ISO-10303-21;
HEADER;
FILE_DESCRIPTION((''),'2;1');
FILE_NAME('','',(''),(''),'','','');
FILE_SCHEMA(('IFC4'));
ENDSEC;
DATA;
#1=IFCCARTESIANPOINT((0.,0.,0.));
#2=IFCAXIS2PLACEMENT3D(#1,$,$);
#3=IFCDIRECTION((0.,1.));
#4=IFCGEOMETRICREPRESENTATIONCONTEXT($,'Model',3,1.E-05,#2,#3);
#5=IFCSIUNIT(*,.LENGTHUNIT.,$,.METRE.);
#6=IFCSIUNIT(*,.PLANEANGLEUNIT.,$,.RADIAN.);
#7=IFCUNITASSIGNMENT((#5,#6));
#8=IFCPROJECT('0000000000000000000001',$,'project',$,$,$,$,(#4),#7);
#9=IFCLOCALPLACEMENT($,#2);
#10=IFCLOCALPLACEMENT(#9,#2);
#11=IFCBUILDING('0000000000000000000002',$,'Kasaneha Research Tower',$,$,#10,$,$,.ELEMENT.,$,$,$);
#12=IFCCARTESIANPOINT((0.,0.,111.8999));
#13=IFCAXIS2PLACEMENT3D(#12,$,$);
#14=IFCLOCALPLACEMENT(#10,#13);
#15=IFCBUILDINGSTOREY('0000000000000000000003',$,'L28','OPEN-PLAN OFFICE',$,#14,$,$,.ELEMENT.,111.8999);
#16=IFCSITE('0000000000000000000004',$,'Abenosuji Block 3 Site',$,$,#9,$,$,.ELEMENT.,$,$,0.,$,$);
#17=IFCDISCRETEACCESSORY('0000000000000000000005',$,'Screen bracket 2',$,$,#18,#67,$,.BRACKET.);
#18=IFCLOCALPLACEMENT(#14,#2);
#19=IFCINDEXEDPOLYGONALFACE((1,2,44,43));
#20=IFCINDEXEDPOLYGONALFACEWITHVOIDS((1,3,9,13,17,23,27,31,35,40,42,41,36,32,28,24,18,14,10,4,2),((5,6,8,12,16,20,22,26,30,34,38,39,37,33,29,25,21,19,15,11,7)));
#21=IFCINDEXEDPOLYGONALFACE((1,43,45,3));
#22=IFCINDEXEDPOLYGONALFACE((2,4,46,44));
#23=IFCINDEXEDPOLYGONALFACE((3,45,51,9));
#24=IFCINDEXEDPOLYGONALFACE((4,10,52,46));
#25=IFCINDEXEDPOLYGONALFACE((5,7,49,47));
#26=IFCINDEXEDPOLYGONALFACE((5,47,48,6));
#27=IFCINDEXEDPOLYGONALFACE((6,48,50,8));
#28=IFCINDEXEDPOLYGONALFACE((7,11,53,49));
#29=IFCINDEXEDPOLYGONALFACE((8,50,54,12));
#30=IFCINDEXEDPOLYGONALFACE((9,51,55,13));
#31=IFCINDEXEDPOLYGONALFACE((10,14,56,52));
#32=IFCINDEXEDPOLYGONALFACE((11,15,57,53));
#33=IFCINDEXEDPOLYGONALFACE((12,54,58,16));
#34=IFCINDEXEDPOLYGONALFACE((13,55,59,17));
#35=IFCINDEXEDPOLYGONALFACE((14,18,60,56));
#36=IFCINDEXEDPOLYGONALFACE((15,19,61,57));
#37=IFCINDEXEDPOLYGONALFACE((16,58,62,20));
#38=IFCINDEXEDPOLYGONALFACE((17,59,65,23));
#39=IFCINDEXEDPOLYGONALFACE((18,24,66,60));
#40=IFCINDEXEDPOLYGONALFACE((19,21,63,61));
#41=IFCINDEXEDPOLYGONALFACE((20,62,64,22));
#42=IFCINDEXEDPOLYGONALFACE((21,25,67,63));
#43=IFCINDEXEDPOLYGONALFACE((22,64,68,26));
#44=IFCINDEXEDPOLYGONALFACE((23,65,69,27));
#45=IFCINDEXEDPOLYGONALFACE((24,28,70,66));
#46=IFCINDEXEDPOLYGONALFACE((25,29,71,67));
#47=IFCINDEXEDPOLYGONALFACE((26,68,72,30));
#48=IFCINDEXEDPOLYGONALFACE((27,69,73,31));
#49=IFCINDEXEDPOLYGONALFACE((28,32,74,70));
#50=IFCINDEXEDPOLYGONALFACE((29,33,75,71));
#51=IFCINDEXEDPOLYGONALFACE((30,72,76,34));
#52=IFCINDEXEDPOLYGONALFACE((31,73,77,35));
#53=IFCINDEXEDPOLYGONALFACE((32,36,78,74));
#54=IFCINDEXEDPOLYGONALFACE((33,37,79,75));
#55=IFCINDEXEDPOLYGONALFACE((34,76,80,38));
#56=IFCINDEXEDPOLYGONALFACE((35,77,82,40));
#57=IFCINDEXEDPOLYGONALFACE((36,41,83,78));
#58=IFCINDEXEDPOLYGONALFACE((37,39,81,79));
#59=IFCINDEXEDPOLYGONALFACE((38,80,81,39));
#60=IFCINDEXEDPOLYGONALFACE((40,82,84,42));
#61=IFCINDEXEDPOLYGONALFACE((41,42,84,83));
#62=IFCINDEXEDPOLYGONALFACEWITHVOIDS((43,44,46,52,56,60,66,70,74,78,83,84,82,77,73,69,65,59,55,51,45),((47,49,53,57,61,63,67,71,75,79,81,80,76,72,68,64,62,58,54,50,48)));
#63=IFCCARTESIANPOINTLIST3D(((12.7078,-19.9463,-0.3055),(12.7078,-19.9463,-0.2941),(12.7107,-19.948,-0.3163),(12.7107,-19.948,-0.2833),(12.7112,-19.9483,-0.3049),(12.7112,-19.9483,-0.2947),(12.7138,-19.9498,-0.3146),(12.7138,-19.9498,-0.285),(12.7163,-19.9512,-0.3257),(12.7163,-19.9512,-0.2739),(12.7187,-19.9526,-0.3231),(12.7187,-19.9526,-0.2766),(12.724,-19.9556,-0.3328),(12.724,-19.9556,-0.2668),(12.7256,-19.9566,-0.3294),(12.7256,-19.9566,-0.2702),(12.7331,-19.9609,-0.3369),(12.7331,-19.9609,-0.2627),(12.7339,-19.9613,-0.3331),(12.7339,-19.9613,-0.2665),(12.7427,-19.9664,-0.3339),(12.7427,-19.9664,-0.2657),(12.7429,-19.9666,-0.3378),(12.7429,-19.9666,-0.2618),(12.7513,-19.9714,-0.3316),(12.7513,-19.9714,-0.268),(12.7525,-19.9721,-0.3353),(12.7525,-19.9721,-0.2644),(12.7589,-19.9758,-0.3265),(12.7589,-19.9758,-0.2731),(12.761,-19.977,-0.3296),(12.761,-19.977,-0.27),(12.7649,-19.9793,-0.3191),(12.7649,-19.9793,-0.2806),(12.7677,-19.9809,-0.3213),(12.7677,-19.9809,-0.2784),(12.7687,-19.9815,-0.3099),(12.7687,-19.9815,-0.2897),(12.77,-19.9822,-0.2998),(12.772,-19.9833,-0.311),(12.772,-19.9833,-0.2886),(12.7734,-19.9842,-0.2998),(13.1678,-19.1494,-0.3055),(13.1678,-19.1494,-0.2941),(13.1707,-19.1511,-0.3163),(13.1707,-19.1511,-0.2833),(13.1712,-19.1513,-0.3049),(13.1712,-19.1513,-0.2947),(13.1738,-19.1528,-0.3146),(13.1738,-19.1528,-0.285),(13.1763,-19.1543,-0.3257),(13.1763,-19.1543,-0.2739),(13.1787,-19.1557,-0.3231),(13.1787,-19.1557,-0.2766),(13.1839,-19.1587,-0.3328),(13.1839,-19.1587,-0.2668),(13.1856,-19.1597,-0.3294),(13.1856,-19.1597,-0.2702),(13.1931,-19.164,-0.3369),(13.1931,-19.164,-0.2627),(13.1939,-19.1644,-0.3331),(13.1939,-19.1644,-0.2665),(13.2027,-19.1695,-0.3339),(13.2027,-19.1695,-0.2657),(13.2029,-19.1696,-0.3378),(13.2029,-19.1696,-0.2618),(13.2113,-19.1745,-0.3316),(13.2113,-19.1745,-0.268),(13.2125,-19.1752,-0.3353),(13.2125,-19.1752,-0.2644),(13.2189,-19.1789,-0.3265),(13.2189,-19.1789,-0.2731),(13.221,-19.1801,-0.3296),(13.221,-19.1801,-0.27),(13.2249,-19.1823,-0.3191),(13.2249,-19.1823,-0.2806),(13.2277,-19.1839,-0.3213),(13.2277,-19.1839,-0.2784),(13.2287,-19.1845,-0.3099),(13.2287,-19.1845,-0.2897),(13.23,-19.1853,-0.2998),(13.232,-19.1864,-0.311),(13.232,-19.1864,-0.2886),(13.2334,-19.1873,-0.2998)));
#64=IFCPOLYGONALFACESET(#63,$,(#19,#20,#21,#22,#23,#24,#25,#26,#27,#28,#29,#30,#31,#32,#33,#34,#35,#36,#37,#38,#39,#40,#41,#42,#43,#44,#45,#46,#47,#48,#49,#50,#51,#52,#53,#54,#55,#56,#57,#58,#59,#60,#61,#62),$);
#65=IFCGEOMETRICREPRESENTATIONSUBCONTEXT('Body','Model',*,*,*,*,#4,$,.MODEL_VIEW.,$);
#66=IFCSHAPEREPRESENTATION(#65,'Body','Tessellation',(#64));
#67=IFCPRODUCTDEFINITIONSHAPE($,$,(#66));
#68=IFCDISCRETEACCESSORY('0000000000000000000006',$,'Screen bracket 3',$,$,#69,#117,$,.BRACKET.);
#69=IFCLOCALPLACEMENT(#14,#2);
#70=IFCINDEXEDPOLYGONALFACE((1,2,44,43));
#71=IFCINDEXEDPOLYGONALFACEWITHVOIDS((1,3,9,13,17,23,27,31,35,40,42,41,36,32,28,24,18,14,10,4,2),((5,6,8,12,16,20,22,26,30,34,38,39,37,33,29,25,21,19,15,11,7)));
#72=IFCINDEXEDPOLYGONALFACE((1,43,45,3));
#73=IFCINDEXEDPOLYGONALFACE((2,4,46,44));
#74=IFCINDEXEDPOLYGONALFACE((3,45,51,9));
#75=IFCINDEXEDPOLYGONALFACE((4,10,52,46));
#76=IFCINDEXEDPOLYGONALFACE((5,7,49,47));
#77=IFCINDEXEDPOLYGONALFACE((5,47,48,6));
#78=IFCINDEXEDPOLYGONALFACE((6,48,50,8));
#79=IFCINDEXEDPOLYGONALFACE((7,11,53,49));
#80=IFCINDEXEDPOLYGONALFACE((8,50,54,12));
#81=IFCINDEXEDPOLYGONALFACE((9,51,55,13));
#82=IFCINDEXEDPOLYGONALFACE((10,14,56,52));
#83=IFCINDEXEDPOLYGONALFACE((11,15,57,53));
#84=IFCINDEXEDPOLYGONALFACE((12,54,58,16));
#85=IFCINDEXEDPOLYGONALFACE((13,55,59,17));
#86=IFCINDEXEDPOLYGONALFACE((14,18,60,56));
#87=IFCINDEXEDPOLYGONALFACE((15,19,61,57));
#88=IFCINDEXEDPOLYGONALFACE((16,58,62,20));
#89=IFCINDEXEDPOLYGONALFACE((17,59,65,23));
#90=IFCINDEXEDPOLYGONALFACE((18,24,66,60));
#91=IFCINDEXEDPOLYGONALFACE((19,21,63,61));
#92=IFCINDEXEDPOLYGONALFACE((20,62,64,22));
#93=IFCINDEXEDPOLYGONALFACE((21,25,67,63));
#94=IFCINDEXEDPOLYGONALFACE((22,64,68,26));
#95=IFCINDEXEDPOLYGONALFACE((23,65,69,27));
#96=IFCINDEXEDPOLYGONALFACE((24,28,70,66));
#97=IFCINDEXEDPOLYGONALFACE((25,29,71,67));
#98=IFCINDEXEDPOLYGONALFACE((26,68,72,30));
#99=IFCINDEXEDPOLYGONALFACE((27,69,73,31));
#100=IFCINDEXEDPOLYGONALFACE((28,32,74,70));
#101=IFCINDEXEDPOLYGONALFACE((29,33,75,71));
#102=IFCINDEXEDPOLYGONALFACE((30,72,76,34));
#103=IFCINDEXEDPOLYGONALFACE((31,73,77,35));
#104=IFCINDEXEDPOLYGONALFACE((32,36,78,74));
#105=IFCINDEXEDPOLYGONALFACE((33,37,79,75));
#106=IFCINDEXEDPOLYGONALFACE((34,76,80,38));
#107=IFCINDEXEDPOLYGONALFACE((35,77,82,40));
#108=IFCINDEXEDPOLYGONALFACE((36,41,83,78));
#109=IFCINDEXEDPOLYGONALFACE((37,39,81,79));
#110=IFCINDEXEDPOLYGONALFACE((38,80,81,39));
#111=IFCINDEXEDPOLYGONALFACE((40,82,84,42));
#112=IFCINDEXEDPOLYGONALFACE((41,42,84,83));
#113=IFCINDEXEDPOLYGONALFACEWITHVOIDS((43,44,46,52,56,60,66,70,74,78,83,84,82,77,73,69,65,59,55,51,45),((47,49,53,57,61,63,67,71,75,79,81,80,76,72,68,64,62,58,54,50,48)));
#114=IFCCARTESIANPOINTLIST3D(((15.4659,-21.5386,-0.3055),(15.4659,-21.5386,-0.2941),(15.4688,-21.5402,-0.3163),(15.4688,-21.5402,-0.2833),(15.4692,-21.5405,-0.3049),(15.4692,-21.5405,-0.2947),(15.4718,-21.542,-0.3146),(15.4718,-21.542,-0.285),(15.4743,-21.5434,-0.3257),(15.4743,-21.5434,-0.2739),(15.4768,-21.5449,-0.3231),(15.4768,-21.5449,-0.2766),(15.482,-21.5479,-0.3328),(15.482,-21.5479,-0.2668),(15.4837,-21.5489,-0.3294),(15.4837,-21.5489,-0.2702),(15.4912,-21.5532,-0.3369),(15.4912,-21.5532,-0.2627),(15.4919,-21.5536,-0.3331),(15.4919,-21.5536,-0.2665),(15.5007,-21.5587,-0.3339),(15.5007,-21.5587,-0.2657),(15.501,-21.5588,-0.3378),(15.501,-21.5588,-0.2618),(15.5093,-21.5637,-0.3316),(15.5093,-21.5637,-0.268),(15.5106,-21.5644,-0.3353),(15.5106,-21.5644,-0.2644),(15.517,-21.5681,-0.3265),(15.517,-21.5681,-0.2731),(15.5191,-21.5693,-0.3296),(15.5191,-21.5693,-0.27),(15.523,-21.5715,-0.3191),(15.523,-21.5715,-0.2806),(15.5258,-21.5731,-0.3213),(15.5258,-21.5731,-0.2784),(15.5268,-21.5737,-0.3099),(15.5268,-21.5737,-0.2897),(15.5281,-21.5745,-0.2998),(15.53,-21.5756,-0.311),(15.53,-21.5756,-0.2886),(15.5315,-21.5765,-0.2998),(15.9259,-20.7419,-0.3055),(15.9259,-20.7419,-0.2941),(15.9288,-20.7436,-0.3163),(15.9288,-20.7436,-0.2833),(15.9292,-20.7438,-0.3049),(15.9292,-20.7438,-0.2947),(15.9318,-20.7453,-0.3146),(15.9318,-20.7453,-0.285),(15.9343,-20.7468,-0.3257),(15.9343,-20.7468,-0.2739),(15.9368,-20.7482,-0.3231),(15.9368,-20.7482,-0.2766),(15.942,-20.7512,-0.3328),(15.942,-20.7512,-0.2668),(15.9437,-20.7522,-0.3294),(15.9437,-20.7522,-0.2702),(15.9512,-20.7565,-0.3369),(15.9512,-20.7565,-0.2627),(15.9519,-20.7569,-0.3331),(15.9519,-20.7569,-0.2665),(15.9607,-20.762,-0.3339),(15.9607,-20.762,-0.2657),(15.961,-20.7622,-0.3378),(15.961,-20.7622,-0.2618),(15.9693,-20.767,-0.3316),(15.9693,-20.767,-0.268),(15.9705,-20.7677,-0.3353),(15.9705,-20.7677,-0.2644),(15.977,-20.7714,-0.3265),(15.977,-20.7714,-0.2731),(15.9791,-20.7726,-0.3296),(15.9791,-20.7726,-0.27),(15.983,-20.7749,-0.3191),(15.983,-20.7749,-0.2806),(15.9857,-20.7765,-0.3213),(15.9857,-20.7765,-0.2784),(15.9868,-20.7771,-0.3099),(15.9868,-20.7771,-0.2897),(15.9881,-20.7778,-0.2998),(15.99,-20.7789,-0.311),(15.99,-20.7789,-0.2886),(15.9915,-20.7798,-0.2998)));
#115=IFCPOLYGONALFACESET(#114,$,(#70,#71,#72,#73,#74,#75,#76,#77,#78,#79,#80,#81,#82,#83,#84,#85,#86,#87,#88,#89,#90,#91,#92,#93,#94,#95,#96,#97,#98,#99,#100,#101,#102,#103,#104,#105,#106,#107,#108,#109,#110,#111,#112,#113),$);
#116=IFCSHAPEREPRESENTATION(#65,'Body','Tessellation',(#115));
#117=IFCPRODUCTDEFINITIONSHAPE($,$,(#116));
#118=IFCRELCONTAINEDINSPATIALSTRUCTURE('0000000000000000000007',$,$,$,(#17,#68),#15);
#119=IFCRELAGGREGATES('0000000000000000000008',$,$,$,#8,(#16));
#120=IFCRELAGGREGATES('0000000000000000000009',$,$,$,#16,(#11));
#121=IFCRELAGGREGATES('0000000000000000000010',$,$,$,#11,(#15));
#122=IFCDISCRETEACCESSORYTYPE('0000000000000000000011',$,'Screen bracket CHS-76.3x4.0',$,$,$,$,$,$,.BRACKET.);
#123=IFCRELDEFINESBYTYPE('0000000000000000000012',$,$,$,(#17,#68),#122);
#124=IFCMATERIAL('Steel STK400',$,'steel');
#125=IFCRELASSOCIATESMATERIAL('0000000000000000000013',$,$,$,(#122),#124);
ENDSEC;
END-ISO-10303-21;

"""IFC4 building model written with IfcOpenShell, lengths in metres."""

from ifc_helpers import new_model, si_unit, direction, frame, origin, origin_2d, place, context, subcontext, project, spatial, hollow_circle, extrude, material, material_profile, profile_set, type_object, element, save


model = new_model("IFC4")

# Units and contexts
model_context = context("Model", 3, precision=1e-05, world=origin(), true_north=direction((0.0, 1.0)))
body_context = subcontext(model_context, "Body", "Model", "MODEL_VIEW")
ifc_project = project(units=[si_unit("LENGTHUNIT", "METRE"), si_unit("PLANEANGLEUNIT", "RADIAN")], contexts=[model_context])

# Site, building, storey
site_placement = place(None, origin())
site = spatial("IfcSite", under=ifc_project, at=site_placement, Name="Abenosuji Block 3 Site", CompositionType="ELEMENT", RefElevation=0.0)
building_placement = place(site_placement, origin())
building = spatial("IfcBuilding", under=site, at=building_placement, Name="Kasaneha Research Tower", CompositionType="ELEMENT")
storey_placement = place(building_placement, frame((0.0, 0.0, 111.8999)))
storey = spatial("IfcBuildingStorey", under=building, at=storey_placement, Name="L28", Description="OPEN-PLAN OFFICE", CompositionType="ELEMENT", Elevation=111.8999)

# Discrete accessories
ifc_material_1 = material(Name="Steel STK400", Category="steel")
ifc_material_profile_1 = material_profile(ifc_material_1, hollow_circle(Radius=0.0381, WallThickness=0.0039, at=origin_2d()), Name="CHS-76.3x4.0")
ifc_profile_set_1 = profile_set([ifc_material_profile_1], Name="Steel STK400")
discrete_accessory_type = type_object("IfcDiscreteAccessoryType", Name="Screen bracket CHS-76.3x4.0", PredefinedType="BRACKET", material=ifc_profile_set_1)
discrete_accessory_1_placement = place(storey_placement, frame((13.2004, -19.1682, -0.2998), z_axis=(-0.499906, -0.86608, 0.0), x_axis=(0.86608, -0.499906, 0.0)))
element("IfcDiscreteAccessory", 1, at=discrete_accessory_1_placement, inside=storey, type_object=discrete_accessory_type, Name="Screen bracket 2", PredefinedType="BRACKET", context=body_context, shape_type="SweptSolid", body=[
    extrude(hollow_circle(Radius=0.0381, WallThickness=0.0039, at=origin_2d()), origin(), (0.0, 0.0, 1.0), 0.9202),
])
discrete_accessory_2_placement = place(storey_placement, frame((15.9585, -20.7607, -0.2998), z_axis=(-0.500021, -0.866013, 0.0), x_axis=(0.866013, -0.500021, 0.0)))
element("IfcDiscreteAccessory", 2, at=discrete_accessory_2_placement, inside=storey, type_object=discrete_accessory_type, Name="Screen bracket 3", PredefinedType="BRACKET", context=body_context, shape_type="SweptSolid", body=[
    extrude(hollow_circle(Radius=0.0381, WallThickness=0.0039, at=origin_2d()), origin(), (0.0, 0.0, 1.0), 0.9199),
])

save(model, "model.ifc")
